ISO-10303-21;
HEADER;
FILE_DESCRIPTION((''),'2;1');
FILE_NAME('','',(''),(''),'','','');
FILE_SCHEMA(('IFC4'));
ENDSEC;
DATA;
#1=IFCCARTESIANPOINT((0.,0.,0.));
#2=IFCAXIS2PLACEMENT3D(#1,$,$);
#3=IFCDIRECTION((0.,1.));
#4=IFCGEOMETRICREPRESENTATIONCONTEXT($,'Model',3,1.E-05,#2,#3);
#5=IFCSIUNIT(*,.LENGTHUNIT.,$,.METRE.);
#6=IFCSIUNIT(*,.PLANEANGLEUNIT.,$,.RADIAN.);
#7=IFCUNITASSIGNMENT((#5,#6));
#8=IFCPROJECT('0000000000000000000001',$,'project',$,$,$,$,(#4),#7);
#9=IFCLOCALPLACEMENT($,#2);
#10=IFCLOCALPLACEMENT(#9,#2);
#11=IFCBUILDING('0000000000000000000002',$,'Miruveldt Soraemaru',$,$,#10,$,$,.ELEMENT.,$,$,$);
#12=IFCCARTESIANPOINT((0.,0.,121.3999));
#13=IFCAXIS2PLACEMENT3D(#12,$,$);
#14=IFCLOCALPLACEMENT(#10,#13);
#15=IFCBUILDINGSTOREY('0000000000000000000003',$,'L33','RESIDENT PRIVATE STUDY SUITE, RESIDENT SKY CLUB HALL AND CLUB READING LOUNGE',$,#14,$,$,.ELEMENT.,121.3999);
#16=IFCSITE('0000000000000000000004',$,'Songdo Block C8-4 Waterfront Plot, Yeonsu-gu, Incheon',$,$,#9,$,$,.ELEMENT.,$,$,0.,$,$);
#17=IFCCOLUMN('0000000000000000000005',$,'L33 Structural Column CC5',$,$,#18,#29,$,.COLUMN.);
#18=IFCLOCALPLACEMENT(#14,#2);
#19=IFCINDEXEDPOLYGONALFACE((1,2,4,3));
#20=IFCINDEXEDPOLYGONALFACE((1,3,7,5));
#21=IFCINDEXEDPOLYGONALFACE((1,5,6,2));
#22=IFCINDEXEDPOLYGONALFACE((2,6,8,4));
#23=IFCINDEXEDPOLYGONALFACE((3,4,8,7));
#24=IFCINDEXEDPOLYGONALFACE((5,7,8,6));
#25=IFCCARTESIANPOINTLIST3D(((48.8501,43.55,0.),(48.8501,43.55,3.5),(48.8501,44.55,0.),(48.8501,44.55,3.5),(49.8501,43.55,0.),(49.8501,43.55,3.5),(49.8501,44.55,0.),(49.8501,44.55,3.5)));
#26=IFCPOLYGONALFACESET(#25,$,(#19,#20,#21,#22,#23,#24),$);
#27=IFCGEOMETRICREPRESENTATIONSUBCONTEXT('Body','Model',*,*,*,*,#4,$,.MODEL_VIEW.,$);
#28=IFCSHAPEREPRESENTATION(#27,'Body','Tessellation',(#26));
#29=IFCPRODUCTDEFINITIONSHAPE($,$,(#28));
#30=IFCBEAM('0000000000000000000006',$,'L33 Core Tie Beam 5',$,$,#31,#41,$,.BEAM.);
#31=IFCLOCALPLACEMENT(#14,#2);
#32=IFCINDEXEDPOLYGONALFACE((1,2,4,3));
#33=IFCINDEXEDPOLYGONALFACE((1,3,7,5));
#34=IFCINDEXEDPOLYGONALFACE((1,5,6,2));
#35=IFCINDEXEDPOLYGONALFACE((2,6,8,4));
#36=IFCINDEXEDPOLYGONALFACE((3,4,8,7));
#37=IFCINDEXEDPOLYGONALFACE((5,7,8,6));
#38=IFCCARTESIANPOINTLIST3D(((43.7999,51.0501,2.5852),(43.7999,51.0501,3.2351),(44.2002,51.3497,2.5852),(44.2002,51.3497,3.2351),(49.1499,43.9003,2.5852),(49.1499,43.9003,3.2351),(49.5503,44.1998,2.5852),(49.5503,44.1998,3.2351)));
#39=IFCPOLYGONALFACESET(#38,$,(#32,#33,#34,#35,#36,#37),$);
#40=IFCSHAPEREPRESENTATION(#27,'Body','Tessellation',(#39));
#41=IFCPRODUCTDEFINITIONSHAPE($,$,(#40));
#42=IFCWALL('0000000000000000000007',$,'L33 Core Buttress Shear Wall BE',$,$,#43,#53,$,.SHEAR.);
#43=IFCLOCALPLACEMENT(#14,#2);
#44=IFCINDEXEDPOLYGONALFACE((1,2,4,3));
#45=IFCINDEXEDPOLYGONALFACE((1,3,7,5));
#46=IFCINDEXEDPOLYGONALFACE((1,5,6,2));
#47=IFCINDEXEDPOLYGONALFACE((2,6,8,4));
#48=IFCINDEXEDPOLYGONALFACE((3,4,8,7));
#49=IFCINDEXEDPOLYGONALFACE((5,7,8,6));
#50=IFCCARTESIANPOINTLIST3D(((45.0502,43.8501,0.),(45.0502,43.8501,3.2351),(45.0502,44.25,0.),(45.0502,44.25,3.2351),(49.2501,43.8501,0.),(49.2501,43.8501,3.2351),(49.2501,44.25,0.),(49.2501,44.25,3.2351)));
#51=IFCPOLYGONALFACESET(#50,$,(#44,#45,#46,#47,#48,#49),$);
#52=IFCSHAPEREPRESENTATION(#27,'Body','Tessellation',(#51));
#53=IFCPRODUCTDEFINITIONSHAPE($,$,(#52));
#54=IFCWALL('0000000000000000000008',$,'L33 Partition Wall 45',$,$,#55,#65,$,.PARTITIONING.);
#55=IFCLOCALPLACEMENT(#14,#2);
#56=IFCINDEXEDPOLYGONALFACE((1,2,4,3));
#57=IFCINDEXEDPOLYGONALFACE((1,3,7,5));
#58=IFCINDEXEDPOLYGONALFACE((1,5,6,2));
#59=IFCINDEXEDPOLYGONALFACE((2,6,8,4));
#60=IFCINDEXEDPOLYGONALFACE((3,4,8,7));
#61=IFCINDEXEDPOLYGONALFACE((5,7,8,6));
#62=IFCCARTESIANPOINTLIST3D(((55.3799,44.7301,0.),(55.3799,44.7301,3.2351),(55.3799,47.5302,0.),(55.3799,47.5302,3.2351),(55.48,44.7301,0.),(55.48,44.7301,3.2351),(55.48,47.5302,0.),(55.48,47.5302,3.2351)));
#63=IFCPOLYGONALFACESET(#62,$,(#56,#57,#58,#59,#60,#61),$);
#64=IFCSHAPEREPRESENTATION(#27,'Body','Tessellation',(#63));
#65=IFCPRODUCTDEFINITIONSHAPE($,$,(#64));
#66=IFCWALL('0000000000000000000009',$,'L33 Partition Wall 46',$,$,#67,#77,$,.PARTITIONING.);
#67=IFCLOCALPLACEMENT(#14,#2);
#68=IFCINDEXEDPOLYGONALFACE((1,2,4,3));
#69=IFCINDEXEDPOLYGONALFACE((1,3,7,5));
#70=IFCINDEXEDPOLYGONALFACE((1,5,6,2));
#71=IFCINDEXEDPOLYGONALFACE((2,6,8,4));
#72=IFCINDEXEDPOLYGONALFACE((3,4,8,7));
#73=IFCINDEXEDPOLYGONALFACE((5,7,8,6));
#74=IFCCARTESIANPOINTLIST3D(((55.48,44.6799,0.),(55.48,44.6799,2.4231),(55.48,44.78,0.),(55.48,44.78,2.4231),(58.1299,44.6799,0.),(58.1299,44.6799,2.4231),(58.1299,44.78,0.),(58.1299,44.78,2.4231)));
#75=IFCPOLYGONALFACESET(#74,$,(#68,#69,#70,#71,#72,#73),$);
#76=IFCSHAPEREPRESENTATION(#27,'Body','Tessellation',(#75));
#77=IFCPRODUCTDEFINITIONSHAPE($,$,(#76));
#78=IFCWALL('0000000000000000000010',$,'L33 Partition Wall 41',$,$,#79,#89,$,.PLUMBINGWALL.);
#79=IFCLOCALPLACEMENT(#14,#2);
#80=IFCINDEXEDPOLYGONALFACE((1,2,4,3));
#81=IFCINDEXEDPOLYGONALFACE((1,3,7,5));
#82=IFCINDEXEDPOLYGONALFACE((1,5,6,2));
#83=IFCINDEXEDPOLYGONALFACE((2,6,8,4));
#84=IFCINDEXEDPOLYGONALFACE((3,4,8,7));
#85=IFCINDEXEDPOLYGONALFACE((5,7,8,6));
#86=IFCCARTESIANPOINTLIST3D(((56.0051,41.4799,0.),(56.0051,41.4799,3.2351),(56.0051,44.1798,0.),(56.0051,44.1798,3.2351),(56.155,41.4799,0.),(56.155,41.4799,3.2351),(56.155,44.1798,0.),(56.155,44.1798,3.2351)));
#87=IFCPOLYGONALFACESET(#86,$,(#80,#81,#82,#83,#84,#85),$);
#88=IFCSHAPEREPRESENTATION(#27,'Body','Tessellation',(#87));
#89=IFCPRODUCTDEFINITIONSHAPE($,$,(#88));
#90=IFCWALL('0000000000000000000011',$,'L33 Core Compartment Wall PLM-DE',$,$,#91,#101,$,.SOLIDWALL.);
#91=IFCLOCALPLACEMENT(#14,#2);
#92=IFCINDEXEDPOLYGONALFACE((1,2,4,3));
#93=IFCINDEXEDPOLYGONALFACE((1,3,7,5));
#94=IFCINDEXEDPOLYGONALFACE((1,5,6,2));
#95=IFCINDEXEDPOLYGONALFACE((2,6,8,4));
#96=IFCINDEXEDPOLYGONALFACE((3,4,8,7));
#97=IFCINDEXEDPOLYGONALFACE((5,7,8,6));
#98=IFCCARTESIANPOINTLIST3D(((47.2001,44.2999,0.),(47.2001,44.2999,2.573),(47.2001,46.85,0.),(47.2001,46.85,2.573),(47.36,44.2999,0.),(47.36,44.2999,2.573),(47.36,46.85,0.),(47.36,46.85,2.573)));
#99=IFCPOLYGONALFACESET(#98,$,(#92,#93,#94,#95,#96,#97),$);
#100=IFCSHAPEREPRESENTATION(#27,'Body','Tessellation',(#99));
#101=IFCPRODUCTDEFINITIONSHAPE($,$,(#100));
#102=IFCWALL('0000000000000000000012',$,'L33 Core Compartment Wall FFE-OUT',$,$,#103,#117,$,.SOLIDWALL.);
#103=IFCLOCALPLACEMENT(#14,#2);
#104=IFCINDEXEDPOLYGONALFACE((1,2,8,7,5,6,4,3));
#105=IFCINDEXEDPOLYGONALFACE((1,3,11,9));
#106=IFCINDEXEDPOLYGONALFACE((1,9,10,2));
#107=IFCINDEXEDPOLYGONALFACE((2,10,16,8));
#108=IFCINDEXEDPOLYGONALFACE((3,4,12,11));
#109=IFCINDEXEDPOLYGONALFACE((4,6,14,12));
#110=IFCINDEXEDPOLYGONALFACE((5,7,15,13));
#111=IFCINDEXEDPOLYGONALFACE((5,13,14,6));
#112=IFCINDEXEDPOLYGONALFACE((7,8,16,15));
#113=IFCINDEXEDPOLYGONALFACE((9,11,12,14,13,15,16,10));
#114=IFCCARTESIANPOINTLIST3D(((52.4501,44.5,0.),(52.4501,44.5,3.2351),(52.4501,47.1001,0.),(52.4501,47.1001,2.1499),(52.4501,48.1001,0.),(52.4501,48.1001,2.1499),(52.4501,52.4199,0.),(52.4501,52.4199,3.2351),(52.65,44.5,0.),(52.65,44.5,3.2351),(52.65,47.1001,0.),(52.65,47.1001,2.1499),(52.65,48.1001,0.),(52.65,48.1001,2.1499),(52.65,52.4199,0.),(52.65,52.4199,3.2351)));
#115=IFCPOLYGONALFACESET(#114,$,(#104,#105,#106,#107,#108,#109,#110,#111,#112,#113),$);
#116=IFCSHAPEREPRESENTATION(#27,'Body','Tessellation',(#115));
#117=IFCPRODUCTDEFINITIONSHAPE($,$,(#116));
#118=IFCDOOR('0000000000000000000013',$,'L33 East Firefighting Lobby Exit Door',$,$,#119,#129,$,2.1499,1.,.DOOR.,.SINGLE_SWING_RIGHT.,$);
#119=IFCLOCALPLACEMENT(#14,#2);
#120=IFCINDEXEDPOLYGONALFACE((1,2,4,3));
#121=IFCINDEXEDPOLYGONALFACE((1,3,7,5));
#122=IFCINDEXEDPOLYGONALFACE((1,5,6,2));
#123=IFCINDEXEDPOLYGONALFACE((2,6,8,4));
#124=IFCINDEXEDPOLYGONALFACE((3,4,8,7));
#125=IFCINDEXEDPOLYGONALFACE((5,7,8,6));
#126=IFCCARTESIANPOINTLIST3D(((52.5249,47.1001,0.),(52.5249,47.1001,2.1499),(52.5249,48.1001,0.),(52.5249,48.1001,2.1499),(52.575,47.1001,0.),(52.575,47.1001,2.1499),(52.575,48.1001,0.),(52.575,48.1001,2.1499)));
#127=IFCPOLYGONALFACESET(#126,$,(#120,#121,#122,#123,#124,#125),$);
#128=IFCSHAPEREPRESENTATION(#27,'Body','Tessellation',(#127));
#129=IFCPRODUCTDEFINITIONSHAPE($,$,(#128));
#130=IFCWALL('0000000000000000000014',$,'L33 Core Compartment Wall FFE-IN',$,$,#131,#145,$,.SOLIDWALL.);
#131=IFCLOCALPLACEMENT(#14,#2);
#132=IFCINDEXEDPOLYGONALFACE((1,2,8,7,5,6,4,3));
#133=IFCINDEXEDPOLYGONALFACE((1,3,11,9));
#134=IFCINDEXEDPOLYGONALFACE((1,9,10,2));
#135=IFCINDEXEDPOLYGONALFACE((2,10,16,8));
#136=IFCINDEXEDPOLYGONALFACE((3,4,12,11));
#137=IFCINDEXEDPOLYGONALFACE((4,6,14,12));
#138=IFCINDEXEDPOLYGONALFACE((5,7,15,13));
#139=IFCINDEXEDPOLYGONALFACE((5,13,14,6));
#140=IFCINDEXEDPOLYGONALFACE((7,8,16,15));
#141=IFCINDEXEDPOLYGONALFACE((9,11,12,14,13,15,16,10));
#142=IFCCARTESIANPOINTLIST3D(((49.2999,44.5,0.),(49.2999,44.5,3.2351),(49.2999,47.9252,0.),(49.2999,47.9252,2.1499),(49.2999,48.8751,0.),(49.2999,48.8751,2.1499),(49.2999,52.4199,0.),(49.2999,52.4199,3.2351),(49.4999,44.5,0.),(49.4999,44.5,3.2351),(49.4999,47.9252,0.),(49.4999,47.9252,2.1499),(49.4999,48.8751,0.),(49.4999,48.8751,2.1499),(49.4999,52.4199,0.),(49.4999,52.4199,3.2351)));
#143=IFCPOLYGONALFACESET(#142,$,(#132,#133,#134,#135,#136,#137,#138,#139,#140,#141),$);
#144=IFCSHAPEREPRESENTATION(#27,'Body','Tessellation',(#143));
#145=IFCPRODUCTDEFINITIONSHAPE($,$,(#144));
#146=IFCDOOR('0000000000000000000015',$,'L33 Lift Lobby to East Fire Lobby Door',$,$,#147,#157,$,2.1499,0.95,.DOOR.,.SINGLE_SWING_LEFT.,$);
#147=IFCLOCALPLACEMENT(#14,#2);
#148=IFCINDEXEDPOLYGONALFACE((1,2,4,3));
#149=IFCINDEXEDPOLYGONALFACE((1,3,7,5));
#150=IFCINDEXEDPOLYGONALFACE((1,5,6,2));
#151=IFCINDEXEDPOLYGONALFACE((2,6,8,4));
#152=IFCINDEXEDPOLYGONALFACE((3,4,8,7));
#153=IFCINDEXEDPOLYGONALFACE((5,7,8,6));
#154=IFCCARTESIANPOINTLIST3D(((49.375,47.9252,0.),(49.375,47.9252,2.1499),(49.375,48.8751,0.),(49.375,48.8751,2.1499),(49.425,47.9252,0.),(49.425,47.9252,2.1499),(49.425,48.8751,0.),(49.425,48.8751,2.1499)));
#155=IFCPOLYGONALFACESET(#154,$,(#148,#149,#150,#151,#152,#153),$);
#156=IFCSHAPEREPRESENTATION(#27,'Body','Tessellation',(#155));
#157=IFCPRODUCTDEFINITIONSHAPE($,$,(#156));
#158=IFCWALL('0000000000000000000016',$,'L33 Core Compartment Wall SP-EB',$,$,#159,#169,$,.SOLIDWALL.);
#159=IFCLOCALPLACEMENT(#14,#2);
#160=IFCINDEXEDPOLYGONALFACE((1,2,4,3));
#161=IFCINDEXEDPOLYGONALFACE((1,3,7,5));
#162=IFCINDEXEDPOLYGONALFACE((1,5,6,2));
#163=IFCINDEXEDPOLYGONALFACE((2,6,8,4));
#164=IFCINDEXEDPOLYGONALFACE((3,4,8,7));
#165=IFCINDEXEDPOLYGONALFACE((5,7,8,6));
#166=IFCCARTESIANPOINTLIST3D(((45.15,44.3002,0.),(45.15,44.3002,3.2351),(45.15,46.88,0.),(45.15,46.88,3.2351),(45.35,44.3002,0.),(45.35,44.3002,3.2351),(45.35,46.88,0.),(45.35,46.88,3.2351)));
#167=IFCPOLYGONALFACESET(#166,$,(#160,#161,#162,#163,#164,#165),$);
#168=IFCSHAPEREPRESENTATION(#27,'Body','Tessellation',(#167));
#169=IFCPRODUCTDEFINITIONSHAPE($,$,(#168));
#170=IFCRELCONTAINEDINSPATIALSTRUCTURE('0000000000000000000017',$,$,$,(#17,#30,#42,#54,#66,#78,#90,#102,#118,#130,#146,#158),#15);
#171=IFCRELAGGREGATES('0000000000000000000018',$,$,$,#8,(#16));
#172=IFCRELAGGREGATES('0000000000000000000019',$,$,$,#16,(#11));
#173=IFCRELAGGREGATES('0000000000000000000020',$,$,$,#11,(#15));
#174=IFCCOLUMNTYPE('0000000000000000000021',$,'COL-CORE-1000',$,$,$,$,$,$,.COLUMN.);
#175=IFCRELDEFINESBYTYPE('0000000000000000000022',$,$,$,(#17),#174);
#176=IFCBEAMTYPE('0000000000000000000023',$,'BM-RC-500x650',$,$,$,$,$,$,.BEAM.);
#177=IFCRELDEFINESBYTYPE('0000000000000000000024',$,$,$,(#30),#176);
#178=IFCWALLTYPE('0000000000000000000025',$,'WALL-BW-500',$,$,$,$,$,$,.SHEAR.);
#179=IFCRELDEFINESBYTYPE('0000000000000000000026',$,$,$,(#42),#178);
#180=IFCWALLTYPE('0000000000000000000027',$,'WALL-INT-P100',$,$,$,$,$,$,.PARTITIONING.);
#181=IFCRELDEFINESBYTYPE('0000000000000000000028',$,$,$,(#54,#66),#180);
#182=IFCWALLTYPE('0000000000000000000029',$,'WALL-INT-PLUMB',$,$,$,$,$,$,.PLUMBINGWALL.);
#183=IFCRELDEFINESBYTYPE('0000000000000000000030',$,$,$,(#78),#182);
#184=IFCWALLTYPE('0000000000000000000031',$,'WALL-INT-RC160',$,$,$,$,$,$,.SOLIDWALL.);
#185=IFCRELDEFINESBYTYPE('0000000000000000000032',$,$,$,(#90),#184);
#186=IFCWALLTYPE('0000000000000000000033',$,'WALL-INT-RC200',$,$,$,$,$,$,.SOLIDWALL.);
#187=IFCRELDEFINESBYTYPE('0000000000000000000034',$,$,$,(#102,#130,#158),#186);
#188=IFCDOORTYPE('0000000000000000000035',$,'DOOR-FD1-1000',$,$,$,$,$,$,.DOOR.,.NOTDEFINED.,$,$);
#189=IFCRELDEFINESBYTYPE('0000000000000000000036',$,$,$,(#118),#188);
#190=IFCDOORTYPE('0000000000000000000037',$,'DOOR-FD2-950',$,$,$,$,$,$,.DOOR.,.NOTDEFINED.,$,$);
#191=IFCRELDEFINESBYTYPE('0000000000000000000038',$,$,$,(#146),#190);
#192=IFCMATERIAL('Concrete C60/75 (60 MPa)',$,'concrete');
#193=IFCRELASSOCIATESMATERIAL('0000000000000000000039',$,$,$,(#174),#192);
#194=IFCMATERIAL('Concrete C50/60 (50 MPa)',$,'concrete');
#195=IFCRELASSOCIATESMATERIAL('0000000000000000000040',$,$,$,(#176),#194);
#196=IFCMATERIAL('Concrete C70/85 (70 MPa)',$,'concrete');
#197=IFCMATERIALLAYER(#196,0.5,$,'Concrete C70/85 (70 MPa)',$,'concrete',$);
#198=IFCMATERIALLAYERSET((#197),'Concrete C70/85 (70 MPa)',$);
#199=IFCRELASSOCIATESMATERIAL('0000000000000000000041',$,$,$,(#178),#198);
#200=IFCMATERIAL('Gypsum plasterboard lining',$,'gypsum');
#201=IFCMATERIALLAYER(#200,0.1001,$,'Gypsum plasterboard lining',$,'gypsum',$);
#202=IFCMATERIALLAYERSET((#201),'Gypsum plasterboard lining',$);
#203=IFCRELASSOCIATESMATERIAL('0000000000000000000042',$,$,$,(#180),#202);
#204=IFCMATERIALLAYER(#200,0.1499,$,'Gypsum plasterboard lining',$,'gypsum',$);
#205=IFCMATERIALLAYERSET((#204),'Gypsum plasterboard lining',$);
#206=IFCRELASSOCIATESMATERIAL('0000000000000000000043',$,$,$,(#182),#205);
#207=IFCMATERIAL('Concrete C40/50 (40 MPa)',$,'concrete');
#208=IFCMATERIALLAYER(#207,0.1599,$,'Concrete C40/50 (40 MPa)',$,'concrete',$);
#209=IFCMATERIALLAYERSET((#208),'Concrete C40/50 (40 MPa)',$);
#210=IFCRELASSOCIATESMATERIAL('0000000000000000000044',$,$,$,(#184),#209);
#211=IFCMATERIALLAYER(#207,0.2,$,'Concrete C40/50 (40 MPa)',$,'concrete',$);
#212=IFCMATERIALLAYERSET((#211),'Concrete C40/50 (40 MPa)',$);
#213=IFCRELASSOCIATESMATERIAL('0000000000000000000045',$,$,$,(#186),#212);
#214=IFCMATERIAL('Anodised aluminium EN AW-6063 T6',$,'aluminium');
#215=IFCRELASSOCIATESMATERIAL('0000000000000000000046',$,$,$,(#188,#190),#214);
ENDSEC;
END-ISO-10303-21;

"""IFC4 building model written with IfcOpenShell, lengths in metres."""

from ifc_helpers import new_model, si_unit, direction, frame, frame_2d, origin, origin_2d, place, context, subcontext, project, spatial, rectangle, extrude, material, layer, layer_set, material_profile, profile_set, type_object, element, fill, save


model = new_model("IFC4")

# Units and contexts
model_context = context("Model", 3, precision=1e-05, world=origin(), true_north=direction((0.0, 1.0)))
body_context = subcontext(model_context, "Body", "Model", "MODEL_VIEW")
ifc_project = project(units=[si_unit("LENGTHUNIT", "METRE"), si_unit("PLANEANGLEUNIT", "RADIAN")], contexts=[model_context])

# Site, building, storey
site_placement = place(None, origin())
site = spatial("IfcSite", under=ifc_project, at=site_placement, Name="Songdo Block C8-4 Waterfront Plot, Yeonsu-gu, Incheon", CompositionType="ELEMENT", RefElevation=0.0)
building_placement = place(site_placement, origin())
building = spatial("IfcBuilding", under=site, at=building_placement, Name="Miruveldt Soraemaru", CompositionType="ELEMENT")
storey_placement = place(building_placement, frame((0.0, 0.0, 121.3999)))
storey = spatial("IfcBuildingStorey", under=building, at=storey_placement, Name="L33", Description="RESIDENT PRIVATE STUDY SUITE, RESIDENT SKY CLUB HALL AND CLUB READING LOUNGE", CompositionType="ELEMENT", Elevation=121.3999)

# Column
ifc_material_1 = material(Name="Concrete C60/75 (60 MPa)", Category="concrete")
ifc_material_profile_1 = material_profile(ifc_material_1, rectangle(XDim=1.0, YDim=1.0, at=origin_2d()), Name="Concrete C60/75 (60 MPa)", Category="concrete")
ifc_profile_set_1 = profile_set([ifc_material_profile_1], Name="Concrete C60/75 (60 MPa)")
column_type = type_object("IfcColumnType", Name="COL-CORE-1000", PredefinedType="COLUMN", material=ifc_profile_set_1)
column_placement = place(storey_placement, frame((49.3501, 44.05, 0.0), z_axis=(0.0, 0.0, 1.0), x_axis=(1.0, 0.0, 0.0)))
element("IfcColumn", 1, at=column_placement, inside=storey, type_object=column_type, Name="L33 Structural Column CC5", PredefinedType="COLUMN", context=body_context, shape_type="SweptSolid", body=[
    extrude(rectangle(XDim=1.0, YDim=1.0, at=origin_2d()), origin(), (0.0, 0.0, 1.0), 3.5),
])

# Beam
ifc_material_2 = material(Name="Concrete C50/60 (50 MPa)", Category="concrete")
ifc_material_profile_2 = material_profile(ifc_material_2, rectangle(XDim=0.5, YDim=0.6499, at=origin_2d()), Name="Concrete C50/60 (50 MPa)", Category="concrete")
ifc_profile_set_2 = profile_set([ifc_material_profile_2], Name="Concrete C50/60 (50 MPa)")
beam_type = type_object("IfcBeamType", Name="BM-RC-500x650", PredefinedType="BEAM", material=ifc_profile_set_2)
beam_placement = place(storey_placement, frame((49.3501, 44.05, 2.9102), z_axis=(-0.599116, 0.800662, 0.0), x_axis=(-0.800662, -0.599116, 0.0)))
element("IfcBeam", 2, at=beam_placement, inside=storey, type_object=beam_type, Name="L33 Core Tie Beam 5", PredefinedType="BEAM", context=body_context, shape_type="SweptSolid", body=[
    extrude(rectangle(XDim=0.5, YDim=0.6499, at=origin_2d()), origin(), (0.0, 0.0, 1.0), 8.9299),
])

# Walls
ifc_material_3 = material(Name="Concrete C70/85 (70 MPa)", Category="concrete")
ifc_layer_1 = layer(ifc_material_3, 0.5, Name="Concrete C70/85 (70 MPa)", Category="concrete")
ifc_layer_set_1 = layer_set([ifc_layer_1], Name="Concrete C70/85 (70 MPa)")
wall_type_1 = type_object("IfcWallType", Name="WALL-BW-500", PredefinedType="SHEAR", material=ifc_layer_set_1)
wall_1_placement = place(storey_placement, frame((45.05, 44.05, 0.0), z_axis=(0.0, 0.0, 1.0), x_axis=(1.0, 0.0, 0.0)))
element("IfcWall", 3, at=wall_1_placement, inside=storey, type_object=wall_type_1, Name="L33 Core Buttress Shear Wall BE", PredefinedType="SHEAR", context=body_context, shape_type="SweptSolid", body=[
    extrude(rectangle(XDim=4.2, YDim=0.3999, at=frame_2d((2.1001, 0.0))), origin(), (0.0, 0.0, 1.0), 3.2351),
])
ifc_material_4 = material(Name="Gypsum plasterboard lining", Category="gypsum")
ifc_layer_2 = layer(ifc_material_4, 0.1001, Name="Gypsum plasterboard lining", Category="gypsum")
ifc_layer_set_2 = layer_set([ifc_layer_2], Name="Gypsum plasterboard lining")
wall_type_2 = type_object("IfcWallType", Name="WALL-INT-P100", PredefinedType="PARTITIONING", material=ifc_layer_set_2)
wall_2_placement = place(storey_placement, frame((55.4299, 47.53, 0.0), z_axis=(0.0, 0.0, 1.0), x_axis=(0.0, -1.0, 0.0)))
element("IfcWall", 4, at=wall_2_placement, inside=storey, type_object=wall_type_2, Name="L33 Partition Wall 45", PredefinedType="PARTITIONING", context=body_context, shape_type="SweptSolid", body=[
    extrude(rectangle(XDim=2.8, YDim=0.1001, at=frame_2d((1.3999, 0.0))), origin(), (0.0, 0.0, 1.0), 3.2351),
])
wall_3_placement = place(storey_placement, frame((55.48, 44.73, 0.0), z_axis=(0.0, 0.0, 1.0), x_axis=(1.0, 0.0, 0.0)))
element("IfcWall", 5, at=wall_3_placement, inside=storey, type_object=wall_type_2, Name="L33 Partition Wall 46", PredefinedType="PARTITIONING", context=body_context, shape_type="SweptSolid", body=[
    extrude(rectangle(XDim=2.6499, YDim=0.1001, at=frame_2d((1.325, 0.0))), origin(), (0.0, 0.0, 1.0), 2.4231),
])
ifc_layer_3 = layer(ifc_material_4, 0.1499, Name="Gypsum plasterboard lining", Category="gypsum")
ifc_layer_set_3 = layer_set([ifc_layer_3], Name="Gypsum plasterboard lining")
wall_type_3 = type_object("IfcWallType", Name="WALL-INT-PLUMB", PredefinedType="PLUMBINGWALL", material=ifc_layer_set_3)
wall_4_placement = place(storey_placement, frame((56.0801, 44.1799, 0.0), z_axis=(0.0, 0.0, 1.0), x_axis=(0.0, -1.0, 0.0)))
element("IfcWall", 6, at=wall_4_placement, inside=storey, type_object=wall_type_3, Name="L33 Partition Wall 41", PredefinedType="PLUMBINGWALL", context=body_context, shape_type="SweptSolid", body=[
    extrude(rectangle(XDim=2.7, YDim=0.1499, at=frame_2d((1.3501, 0.0))), origin(), (0.0, 0.0, 1.0), 3.2351),
])
ifc_material_5 = material(Name="Concrete C40/50 (40 MPa)", Category="concrete")
ifc_layer_4 = layer(ifc_material_5, 0.1599, Name="Concrete C40/50 (40 MPa)", Category="concrete")
ifc_layer_set_4 = layer_set([ifc_layer_4], Name="Concrete C40/50 (40 MPa)")
wall_type_4 = type_object("IfcWallType", Name="WALL-INT-RC160", PredefinedType="SOLIDWALL", material=ifc_layer_set_4)
wall_5_placement = place(storey_placement, frame((47.28, 44.3, 0.0), z_axis=(0.0, 0.0, 1.0), x_axis=(0.0, 1.0, 0.0)))
element("IfcWall", 7, at=wall_5_placement, inside=storey, type_object=wall_type_4, Name="L33 Core Compartment Wall PLM-DE", PredefinedType="SOLIDWALL", context=body_context, shape_type="SweptSolid", body=[
    extrude(rectangle(XDim=2.55, YDim=0.1599, at=frame_2d((1.2749, 0.0))), origin(), (0.0, 0.0, 1.0), 2.573),
])

# Walls, openings, doors
ifc_layer_5 = layer(ifc_material_5, 0.2, Name="Concrete C40/50 (40 MPa)", Category="concrete")
ifc_layer_set_5 = layer_set([ifc_layer_5], Name="Concrete C40/50 (40 MPa)")
wall_type_5 = type_object("IfcWallType", Name="WALL-INT-RC200", PredefinedType="SOLIDWALL", material=ifc_layer_set_5)
wall_6_placement = place(storey_placement, frame((52.55, 44.5, 0.0), z_axis=(0.0, 0.0, 1.0), x_axis=(0.0, 1.0, 0.0)))
wall_6 = element("IfcWall", 8, at=wall_6_placement, inside=storey, type_object=wall_type_5, Name="L33 Core Compartment Wall FFE-OUT", PredefinedType="SOLIDWALL", context=body_context, shape_type="SweptSolid", body=[
    extrude(rectangle(XDim=7.9199, YDim=0.2, at=frame_2d((3.96, 0.0))), origin(), (0.0, 0.0, 1.0), 3.2351),
])
opening_1_placement = place(wall_6_placement, frame((2.6001, 0.0, 0.0)))
opening_1 = element("IfcOpeningElement", 9, at=opening_1_placement, cuts=wall_6, PredefinedType="OPENING", context=body_context, shape_type="SweptSolid", body=[
    extrude(rectangle(XDim=1.0, YDim=2.1499, at=frame_2d((0.5, 1.075))), frame((0.0, 0.1099, 0.0), z_axis=(0.0, -1.0, 0.0), x_axis=(1.0, 0.0, 0.0)), (0.0, 0.0, 1.0), 0.22),
])
ifc_material_6 = material(Name="Anodised aluminium EN AW-6063 T6", Category="aluminium")
door_type_1 = type_object("IfcDoorType", Name="DOOR-FD1-1000", OperationType="NOTDEFINED", PredefinedType="DOOR", material=ifc_material_6)
door_1_placement = place(opening_1_placement, frame((1.0, 0.0, 0.0), z_axis=(0.0, 0.0, 1.0), x_axis=(-1.0, 0.0, 0.0)))
door_1 = element("IfcDoor", 10, at=door_1_placement, inside=storey, type_object=door_type_1, Name="L33 East Firefighting Lobby Exit Door", OperationType="SINGLE_SWING_RIGHT", OverallHeight=2.1499, OverallWidth=1.0, PredefinedType="DOOR", context=body_context, shape_type="SweptSolid", body=[
    extrude(rectangle(XDim=1.0, YDim=2.1499, at=frame_2d((0.5, 1.075))), frame((0.0, 0.0249, 0.0), z_axis=(0.0, -1.0, 0.0), x_axis=(1.0, 0.0, 0.0)), (0.0, 0.0, 1.0), 0.05),
])
fill(opening_1, door_1)
wall_7_placement = place(storey_placement, frame((49.3999, 44.5, 0.0), z_axis=(0.0, 0.0, 1.0), x_axis=(0.0, 1.0, 0.0)))
wall_7 = element("IfcWall", 11, at=wall_7_placement, inside=storey, type_object=wall_type_5, Name="L33 Core Compartment Wall FFE-IN", PredefinedType="SOLIDWALL", context=body_context, shape_type="SweptSolid", body=[
    extrude(rectangle(XDim=7.9199, YDim=0.2, at=frame_2d((3.96, 0.0))), origin(), (0.0, 0.0, 1.0), 3.2351),
])
opening_2_placement = place(wall_7_placement, frame((3.425, 0.0, 0.0)))
opening_2 = element("IfcOpeningElement", 12, at=opening_2_placement, cuts=wall_7, PredefinedType="OPENING", context=body_context, shape_type="SweptSolid", body=[
    extrude(rectangle(XDim=0.95, YDim=2.1499, at=frame_2d((0.4751, 1.075))), frame((0.0, 0.1099, 0.0), z_axis=(0.0, -1.0, 0.0), x_axis=(1.0, 0.0, 0.0)), (0.0, 0.0, 1.0), 0.22),
])
door_type_2 = type_object("IfcDoorType", Name="DOOR-FD2-950", OperationType="NOTDEFINED", PredefinedType="DOOR", material=ifc_material_6)
door_2_placement = place(opening_2_placement, origin())
door_2 = element("IfcDoor", 13, at=door_2_placement, inside=storey, type_object=door_type_2, Name="L33 Lift Lobby to East Fire Lobby Door", OperationType="SINGLE_SWING_LEFT", OverallHeight=2.1499, OverallWidth=0.95, PredefinedType="DOOR", context=body_context, shape_type="SweptSolid", body=[
    extrude(rectangle(XDim=0.95, YDim=2.1499, at=frame_2d((0.4751, 1.075))), frame((0.0, 0.0249, 0.0), z_axis=(0.0, -1.0, 0.0), x_axis=(1.0, 0.0, 0.0)), (0.0, 0.0, 1.0), 0.05),
])
fill(opening_2, door_2)

# Wall
wall_8_placement = place(storey_placement, frame((45.25, 44.3, 0.0), z_axis=(0.0, 0.0, 1.0), x_axis=(0.0, 1.0, 0.0)))
element("IfcWall", 14, at=wall_8_placement, inside=storey, type_object=wall_type_5, Name="L33 Core Compartment Wall SP-EB", PredefinedType="SOLIDWALL", context=body_context, shape_type="SweptSolid", body=[
    extrude(rectangle(XDim=2.5798, YDim=0.2, at=frame_2d((1.29, 0.0))), origin(), (0.0, 0.0, 1.0), 3.2351),
])

save(model, "model.ifc")
